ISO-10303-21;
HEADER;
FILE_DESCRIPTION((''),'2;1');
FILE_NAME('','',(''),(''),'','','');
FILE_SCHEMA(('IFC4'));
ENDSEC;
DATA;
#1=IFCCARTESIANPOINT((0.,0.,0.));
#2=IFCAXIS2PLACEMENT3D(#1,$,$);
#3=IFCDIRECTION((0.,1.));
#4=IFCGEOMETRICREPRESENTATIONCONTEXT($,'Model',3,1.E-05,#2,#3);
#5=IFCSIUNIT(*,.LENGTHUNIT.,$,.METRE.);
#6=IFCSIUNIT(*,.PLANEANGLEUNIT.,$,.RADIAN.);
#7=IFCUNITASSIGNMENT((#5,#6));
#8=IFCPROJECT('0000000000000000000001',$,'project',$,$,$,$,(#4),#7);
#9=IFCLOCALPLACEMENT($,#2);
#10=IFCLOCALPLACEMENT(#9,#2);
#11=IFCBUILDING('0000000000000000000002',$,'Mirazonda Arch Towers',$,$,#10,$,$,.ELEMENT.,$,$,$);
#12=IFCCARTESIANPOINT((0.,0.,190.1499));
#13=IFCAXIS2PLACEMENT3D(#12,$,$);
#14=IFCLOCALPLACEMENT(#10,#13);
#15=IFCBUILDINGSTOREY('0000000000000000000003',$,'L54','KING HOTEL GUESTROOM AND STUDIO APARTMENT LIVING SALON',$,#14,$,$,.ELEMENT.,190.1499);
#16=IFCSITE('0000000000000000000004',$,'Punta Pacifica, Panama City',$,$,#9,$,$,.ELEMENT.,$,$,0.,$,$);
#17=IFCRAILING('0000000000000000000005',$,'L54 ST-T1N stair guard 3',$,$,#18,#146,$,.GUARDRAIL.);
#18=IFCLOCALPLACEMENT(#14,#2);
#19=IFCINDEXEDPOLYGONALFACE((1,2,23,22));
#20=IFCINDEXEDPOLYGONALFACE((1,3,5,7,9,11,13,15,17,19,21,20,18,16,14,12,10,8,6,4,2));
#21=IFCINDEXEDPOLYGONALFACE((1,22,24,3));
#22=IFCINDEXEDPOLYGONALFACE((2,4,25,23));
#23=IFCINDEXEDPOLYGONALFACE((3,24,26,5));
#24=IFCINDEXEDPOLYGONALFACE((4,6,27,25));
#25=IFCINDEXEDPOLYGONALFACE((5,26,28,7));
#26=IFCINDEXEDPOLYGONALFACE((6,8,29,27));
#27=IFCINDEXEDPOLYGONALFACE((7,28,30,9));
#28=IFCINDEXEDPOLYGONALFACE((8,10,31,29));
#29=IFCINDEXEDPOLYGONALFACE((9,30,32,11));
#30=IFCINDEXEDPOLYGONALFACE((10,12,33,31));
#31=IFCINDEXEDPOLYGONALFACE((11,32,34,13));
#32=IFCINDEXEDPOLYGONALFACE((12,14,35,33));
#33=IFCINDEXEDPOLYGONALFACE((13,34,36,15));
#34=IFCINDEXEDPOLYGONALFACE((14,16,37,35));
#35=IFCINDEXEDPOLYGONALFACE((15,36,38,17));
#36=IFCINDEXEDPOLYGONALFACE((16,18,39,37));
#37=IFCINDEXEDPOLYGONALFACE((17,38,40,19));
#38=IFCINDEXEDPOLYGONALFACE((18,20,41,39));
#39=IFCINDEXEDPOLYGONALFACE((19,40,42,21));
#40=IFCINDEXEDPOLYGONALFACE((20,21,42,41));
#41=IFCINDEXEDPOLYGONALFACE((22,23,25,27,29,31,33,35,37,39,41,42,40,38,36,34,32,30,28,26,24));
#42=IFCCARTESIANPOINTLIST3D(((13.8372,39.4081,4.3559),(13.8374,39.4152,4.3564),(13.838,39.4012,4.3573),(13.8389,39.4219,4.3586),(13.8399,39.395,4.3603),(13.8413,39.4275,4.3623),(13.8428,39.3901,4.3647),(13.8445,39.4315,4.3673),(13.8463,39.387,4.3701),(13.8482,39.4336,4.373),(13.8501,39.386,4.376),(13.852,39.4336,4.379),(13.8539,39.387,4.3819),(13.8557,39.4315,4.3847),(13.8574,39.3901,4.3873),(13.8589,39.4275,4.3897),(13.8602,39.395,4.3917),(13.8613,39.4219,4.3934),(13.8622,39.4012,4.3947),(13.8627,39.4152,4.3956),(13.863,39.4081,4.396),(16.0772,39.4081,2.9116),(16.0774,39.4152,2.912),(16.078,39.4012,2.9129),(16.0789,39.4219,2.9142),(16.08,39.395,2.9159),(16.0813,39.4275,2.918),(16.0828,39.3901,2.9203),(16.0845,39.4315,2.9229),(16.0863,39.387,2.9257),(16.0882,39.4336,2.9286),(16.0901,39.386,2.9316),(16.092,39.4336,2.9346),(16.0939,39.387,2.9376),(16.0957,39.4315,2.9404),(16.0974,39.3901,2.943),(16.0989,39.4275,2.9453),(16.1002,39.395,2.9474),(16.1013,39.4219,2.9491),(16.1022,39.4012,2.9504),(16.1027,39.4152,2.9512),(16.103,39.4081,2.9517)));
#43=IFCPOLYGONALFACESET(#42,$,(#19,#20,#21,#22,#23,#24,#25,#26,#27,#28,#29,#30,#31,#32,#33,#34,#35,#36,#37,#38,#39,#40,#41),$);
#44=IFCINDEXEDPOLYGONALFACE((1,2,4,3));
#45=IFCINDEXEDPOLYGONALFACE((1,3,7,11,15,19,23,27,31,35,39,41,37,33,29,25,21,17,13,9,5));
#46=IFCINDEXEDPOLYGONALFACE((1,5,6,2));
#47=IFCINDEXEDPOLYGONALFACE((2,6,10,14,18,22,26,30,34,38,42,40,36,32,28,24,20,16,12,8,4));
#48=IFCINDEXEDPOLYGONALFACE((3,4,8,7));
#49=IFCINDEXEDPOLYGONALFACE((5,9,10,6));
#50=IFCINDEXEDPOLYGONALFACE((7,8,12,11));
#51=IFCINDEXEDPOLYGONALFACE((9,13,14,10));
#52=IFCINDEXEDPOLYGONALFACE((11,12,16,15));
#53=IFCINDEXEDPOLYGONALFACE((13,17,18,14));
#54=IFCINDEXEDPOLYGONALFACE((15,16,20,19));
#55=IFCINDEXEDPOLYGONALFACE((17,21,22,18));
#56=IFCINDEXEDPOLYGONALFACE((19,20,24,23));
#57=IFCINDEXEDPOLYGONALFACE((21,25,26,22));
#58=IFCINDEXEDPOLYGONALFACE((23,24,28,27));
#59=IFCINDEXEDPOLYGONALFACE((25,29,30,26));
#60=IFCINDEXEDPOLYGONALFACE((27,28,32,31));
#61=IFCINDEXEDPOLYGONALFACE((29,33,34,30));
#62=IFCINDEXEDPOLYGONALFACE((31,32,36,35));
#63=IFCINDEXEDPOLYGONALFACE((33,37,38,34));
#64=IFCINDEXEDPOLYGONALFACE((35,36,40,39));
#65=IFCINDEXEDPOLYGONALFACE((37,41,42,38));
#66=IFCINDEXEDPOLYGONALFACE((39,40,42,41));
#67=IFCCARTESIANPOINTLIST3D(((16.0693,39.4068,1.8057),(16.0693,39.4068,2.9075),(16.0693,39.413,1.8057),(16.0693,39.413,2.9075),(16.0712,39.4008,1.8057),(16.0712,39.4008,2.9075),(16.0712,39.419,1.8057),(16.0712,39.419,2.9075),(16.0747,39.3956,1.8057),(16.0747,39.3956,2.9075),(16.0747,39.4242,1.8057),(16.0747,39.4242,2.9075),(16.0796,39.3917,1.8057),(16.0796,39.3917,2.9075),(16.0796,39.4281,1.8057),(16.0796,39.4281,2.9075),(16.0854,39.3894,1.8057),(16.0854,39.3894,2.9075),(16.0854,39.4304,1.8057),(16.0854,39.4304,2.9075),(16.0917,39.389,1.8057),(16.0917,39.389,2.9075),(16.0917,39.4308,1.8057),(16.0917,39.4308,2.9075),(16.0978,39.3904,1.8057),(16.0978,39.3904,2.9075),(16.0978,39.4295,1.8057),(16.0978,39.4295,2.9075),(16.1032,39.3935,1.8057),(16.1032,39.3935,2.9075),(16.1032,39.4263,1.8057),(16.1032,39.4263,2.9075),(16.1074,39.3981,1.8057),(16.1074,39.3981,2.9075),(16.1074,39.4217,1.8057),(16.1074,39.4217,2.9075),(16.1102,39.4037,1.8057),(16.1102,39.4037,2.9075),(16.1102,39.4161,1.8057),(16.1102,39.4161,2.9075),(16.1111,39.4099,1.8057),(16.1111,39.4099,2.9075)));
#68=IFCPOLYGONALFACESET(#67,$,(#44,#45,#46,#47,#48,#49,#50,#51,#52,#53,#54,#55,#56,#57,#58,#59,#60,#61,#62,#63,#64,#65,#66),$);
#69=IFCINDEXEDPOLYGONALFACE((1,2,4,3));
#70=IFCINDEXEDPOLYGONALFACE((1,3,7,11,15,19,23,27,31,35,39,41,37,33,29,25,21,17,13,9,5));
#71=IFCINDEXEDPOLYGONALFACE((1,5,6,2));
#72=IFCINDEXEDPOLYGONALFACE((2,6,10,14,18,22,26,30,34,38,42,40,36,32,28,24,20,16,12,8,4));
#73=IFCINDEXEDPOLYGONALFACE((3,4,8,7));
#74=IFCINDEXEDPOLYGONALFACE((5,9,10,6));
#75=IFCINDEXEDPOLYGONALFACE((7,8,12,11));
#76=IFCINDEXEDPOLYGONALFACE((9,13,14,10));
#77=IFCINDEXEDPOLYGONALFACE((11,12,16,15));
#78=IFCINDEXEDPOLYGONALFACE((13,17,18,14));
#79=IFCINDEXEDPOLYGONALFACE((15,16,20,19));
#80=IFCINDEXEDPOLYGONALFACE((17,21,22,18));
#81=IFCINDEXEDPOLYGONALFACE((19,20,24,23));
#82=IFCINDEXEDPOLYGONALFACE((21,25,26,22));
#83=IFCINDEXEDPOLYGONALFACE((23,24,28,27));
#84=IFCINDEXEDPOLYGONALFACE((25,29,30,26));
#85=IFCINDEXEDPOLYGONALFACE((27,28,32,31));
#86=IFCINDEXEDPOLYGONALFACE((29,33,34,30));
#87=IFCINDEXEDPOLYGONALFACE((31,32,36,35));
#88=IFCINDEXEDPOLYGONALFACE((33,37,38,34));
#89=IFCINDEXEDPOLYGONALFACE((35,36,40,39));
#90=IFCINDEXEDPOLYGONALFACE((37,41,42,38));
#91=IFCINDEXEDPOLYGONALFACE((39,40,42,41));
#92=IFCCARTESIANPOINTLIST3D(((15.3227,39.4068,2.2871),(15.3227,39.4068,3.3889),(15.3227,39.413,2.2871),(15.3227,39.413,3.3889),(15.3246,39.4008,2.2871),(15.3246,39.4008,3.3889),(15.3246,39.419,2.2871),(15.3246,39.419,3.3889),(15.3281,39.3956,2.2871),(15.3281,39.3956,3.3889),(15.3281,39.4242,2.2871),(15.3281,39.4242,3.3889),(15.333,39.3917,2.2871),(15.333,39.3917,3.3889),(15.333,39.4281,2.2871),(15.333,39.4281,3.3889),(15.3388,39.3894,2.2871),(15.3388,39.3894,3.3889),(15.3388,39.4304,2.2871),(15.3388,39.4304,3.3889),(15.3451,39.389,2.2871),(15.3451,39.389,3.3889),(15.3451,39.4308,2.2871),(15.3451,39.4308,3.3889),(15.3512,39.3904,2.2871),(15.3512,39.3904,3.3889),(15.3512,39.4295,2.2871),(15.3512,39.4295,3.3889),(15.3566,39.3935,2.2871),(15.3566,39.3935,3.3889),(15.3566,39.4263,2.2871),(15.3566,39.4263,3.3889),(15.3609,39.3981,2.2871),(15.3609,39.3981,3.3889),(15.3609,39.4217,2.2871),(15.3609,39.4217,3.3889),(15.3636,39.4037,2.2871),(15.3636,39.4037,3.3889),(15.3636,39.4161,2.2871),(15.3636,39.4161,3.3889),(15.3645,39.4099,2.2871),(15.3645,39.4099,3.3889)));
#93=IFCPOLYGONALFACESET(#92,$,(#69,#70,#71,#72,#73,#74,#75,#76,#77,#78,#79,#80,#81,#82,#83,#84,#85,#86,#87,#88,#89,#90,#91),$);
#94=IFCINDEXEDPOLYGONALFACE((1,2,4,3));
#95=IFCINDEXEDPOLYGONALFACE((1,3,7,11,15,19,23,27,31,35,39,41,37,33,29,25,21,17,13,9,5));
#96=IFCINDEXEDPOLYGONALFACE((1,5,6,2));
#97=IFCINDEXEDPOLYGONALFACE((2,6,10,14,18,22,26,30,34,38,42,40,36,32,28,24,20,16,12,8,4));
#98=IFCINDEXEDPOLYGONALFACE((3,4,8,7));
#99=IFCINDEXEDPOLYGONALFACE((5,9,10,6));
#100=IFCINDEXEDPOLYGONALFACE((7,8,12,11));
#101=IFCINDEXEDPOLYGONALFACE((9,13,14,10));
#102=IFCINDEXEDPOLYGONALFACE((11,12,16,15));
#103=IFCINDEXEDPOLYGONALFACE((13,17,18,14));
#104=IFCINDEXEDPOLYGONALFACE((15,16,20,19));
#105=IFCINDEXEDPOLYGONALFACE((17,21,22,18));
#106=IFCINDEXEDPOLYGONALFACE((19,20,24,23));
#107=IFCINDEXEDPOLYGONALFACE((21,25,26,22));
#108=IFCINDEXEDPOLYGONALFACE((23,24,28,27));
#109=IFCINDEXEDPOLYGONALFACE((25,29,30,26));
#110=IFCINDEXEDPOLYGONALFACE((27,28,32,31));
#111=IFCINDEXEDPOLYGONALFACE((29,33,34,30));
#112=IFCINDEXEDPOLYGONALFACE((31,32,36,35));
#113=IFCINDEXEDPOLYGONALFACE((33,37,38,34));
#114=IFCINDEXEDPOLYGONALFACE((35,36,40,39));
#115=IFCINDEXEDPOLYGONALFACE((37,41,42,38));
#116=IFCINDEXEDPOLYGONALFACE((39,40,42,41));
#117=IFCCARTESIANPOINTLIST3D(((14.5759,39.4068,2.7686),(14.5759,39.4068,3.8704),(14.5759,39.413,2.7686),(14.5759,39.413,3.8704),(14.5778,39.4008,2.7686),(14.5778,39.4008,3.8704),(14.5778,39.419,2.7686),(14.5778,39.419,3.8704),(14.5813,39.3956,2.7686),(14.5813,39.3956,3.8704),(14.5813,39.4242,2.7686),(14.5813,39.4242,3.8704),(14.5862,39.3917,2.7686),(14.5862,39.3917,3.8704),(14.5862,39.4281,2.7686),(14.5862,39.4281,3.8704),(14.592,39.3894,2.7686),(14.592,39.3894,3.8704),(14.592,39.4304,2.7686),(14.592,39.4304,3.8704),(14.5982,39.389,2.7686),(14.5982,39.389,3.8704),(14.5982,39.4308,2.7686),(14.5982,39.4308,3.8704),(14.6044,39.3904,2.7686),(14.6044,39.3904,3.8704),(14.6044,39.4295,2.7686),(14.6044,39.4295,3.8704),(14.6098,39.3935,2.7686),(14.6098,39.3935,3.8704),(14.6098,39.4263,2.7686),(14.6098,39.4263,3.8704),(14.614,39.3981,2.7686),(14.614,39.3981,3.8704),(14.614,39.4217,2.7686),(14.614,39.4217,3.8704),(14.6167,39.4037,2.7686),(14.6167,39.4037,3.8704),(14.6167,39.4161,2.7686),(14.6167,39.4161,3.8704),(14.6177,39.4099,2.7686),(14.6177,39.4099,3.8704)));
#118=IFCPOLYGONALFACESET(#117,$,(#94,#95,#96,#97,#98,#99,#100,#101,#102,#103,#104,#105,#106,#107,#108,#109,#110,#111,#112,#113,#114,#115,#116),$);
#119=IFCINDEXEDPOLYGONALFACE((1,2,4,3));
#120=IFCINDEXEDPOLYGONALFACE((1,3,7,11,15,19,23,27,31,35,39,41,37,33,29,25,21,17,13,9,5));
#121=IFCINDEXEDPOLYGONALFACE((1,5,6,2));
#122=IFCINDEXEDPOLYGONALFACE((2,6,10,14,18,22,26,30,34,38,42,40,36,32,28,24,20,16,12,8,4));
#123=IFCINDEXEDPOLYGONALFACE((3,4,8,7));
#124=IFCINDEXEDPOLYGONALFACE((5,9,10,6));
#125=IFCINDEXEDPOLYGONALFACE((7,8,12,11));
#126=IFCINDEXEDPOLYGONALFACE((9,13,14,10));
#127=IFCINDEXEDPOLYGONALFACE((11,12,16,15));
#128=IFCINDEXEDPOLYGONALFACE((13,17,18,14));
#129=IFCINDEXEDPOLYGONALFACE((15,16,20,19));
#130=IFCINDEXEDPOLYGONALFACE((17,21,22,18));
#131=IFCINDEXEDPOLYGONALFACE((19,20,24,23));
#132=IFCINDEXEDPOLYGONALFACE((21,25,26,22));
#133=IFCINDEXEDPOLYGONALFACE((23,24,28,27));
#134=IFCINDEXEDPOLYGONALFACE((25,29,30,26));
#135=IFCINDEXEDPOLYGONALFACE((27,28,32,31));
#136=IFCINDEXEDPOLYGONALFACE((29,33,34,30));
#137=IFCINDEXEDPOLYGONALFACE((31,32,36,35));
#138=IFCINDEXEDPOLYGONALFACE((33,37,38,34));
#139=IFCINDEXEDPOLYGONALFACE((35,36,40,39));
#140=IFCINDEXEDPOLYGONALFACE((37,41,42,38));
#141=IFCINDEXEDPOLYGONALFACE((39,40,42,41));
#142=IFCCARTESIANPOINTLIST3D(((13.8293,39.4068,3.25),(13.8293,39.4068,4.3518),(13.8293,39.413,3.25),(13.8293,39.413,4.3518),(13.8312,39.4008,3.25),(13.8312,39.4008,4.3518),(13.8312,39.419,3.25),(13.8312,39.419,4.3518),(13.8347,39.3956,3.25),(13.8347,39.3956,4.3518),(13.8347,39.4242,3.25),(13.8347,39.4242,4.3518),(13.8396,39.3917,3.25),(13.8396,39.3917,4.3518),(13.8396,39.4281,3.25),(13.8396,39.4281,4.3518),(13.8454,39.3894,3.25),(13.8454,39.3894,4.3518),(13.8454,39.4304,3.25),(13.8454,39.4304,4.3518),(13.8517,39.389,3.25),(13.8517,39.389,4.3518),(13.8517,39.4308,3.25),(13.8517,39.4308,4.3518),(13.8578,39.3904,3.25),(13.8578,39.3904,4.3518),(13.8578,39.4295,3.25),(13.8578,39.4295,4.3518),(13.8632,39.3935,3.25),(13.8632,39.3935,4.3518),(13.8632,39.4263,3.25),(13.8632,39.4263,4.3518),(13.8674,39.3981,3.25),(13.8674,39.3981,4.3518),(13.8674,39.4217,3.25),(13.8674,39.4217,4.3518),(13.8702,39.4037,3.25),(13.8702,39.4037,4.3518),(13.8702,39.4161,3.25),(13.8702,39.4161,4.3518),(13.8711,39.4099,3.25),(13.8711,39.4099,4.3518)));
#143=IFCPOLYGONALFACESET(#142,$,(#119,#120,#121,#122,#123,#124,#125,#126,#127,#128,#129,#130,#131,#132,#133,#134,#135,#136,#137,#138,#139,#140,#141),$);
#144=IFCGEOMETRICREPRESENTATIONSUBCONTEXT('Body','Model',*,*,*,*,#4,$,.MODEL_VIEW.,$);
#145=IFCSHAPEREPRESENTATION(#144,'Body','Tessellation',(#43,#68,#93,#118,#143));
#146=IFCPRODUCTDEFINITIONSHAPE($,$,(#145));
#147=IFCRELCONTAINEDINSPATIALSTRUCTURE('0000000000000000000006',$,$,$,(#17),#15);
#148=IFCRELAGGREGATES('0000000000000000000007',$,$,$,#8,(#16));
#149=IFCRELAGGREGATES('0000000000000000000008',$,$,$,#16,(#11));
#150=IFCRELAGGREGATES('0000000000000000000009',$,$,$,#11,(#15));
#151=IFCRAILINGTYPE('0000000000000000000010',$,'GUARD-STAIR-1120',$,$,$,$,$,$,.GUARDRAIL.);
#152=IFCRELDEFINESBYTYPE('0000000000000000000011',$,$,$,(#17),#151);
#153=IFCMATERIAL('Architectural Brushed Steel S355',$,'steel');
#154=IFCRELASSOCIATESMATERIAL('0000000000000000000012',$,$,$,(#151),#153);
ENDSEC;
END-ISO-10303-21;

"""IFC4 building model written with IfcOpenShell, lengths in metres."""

from ifc_helpers import new_model, si_unit, direction, frame, origin, origin_2d, place, context, subcontext, project, spatial, circle, extrude, material, type_object, element, save


model = new_model("IFC4")

# Units and contexts
model_context = context("Model", 3, precision=1e-05, world=origin(), true_north=direction((0.0, 1.0)))
body_context = subcontext(model_context, "Body", "Model", "MODEL_VIEW")
ifc_project = project(units=[si_unit("LENGTHUNIT", "METRE"), si_unit("PLANEANGLEUNIT", "RADIAN")], contexts=[model_context])

# Site, building, storey
site_placement = place(None, origin())
site = spatial("IfcSite", under=ifc_project, at=site_placement, Name="Punta Pacifica, Panama City", CompositionType="ELEMENT", RefElevation=0.0)
building_placement = place(site_placement, origin())
building = spatial("IfcBuilding", under=site, at=building_placement, Name="Mirazonda Arch Towers", CompositionType="ELEMENT")
storey_placement = place(building_placement, frame((0.0, 0.0, 190.1499)))
storey = spatial("IfcBuildingStorey", under=building, at=storey_placement, Name="L54", Description="KING HOTEL GUESTROOM AND STUDIO APARTMENT LIVING SALON", CompositionType="ELEMENT", Elevation=190.1499)

# Shared definitions
ifc_material_1 = material(Name="Architectural Brushed Steel S355", Category="steel")

# Railing
railing_type_1 = type_object("IfcRailingType", Name="GUARD-STAIR-1120", PredefinedType="GUARDRAIL", material=ifc_material_1)
railing_1_placement = place(storey_placement, frame((16.0901, 39.4099, 1.8057)))
element("IfcRailing", 1, at=railing_1_placement, inside=storey, type_object=railing_type_1, Name="L54 ST-T1N stair guard 3", PredefinedType="GUARDRAIL", context=body_context, shape_type="SweptSolid", body=[
    extrude(circle(Radius=0.0239, at=origin_2d()), frame((0.0, 0.0, 1.126), z_axis=(-0.840437, 0.0, 0.54191), x_axis=(0.0, -1.0, 0.0)), (0.0, 0.0, 1.0), 2.6653),
    extrude(circle(Radius=0.021, at=origin_2d()), origin(), (0.0, 0.0, 1.0), 1.1018),
    extrude(circle(Radius=0.021, at=origin_2d()), frame((-0.7466, 0.0, 0.4814)), (0.0, 0.0, 1.0), 1.1018),
    extrude(circle(Radius=0.021, at=origin_2d()), frame((-1.4934, 0.0, 0.9629)), (0.0, 0.0, 1.0), 1.1018),
    extrude(circle(Radius=0.021, at=origin_2d()), frame((-2.24, 0.0, 1.4443)), (0.0, 0.0, 1.0), 1.1018),
])

save(model, "model.ifc")
